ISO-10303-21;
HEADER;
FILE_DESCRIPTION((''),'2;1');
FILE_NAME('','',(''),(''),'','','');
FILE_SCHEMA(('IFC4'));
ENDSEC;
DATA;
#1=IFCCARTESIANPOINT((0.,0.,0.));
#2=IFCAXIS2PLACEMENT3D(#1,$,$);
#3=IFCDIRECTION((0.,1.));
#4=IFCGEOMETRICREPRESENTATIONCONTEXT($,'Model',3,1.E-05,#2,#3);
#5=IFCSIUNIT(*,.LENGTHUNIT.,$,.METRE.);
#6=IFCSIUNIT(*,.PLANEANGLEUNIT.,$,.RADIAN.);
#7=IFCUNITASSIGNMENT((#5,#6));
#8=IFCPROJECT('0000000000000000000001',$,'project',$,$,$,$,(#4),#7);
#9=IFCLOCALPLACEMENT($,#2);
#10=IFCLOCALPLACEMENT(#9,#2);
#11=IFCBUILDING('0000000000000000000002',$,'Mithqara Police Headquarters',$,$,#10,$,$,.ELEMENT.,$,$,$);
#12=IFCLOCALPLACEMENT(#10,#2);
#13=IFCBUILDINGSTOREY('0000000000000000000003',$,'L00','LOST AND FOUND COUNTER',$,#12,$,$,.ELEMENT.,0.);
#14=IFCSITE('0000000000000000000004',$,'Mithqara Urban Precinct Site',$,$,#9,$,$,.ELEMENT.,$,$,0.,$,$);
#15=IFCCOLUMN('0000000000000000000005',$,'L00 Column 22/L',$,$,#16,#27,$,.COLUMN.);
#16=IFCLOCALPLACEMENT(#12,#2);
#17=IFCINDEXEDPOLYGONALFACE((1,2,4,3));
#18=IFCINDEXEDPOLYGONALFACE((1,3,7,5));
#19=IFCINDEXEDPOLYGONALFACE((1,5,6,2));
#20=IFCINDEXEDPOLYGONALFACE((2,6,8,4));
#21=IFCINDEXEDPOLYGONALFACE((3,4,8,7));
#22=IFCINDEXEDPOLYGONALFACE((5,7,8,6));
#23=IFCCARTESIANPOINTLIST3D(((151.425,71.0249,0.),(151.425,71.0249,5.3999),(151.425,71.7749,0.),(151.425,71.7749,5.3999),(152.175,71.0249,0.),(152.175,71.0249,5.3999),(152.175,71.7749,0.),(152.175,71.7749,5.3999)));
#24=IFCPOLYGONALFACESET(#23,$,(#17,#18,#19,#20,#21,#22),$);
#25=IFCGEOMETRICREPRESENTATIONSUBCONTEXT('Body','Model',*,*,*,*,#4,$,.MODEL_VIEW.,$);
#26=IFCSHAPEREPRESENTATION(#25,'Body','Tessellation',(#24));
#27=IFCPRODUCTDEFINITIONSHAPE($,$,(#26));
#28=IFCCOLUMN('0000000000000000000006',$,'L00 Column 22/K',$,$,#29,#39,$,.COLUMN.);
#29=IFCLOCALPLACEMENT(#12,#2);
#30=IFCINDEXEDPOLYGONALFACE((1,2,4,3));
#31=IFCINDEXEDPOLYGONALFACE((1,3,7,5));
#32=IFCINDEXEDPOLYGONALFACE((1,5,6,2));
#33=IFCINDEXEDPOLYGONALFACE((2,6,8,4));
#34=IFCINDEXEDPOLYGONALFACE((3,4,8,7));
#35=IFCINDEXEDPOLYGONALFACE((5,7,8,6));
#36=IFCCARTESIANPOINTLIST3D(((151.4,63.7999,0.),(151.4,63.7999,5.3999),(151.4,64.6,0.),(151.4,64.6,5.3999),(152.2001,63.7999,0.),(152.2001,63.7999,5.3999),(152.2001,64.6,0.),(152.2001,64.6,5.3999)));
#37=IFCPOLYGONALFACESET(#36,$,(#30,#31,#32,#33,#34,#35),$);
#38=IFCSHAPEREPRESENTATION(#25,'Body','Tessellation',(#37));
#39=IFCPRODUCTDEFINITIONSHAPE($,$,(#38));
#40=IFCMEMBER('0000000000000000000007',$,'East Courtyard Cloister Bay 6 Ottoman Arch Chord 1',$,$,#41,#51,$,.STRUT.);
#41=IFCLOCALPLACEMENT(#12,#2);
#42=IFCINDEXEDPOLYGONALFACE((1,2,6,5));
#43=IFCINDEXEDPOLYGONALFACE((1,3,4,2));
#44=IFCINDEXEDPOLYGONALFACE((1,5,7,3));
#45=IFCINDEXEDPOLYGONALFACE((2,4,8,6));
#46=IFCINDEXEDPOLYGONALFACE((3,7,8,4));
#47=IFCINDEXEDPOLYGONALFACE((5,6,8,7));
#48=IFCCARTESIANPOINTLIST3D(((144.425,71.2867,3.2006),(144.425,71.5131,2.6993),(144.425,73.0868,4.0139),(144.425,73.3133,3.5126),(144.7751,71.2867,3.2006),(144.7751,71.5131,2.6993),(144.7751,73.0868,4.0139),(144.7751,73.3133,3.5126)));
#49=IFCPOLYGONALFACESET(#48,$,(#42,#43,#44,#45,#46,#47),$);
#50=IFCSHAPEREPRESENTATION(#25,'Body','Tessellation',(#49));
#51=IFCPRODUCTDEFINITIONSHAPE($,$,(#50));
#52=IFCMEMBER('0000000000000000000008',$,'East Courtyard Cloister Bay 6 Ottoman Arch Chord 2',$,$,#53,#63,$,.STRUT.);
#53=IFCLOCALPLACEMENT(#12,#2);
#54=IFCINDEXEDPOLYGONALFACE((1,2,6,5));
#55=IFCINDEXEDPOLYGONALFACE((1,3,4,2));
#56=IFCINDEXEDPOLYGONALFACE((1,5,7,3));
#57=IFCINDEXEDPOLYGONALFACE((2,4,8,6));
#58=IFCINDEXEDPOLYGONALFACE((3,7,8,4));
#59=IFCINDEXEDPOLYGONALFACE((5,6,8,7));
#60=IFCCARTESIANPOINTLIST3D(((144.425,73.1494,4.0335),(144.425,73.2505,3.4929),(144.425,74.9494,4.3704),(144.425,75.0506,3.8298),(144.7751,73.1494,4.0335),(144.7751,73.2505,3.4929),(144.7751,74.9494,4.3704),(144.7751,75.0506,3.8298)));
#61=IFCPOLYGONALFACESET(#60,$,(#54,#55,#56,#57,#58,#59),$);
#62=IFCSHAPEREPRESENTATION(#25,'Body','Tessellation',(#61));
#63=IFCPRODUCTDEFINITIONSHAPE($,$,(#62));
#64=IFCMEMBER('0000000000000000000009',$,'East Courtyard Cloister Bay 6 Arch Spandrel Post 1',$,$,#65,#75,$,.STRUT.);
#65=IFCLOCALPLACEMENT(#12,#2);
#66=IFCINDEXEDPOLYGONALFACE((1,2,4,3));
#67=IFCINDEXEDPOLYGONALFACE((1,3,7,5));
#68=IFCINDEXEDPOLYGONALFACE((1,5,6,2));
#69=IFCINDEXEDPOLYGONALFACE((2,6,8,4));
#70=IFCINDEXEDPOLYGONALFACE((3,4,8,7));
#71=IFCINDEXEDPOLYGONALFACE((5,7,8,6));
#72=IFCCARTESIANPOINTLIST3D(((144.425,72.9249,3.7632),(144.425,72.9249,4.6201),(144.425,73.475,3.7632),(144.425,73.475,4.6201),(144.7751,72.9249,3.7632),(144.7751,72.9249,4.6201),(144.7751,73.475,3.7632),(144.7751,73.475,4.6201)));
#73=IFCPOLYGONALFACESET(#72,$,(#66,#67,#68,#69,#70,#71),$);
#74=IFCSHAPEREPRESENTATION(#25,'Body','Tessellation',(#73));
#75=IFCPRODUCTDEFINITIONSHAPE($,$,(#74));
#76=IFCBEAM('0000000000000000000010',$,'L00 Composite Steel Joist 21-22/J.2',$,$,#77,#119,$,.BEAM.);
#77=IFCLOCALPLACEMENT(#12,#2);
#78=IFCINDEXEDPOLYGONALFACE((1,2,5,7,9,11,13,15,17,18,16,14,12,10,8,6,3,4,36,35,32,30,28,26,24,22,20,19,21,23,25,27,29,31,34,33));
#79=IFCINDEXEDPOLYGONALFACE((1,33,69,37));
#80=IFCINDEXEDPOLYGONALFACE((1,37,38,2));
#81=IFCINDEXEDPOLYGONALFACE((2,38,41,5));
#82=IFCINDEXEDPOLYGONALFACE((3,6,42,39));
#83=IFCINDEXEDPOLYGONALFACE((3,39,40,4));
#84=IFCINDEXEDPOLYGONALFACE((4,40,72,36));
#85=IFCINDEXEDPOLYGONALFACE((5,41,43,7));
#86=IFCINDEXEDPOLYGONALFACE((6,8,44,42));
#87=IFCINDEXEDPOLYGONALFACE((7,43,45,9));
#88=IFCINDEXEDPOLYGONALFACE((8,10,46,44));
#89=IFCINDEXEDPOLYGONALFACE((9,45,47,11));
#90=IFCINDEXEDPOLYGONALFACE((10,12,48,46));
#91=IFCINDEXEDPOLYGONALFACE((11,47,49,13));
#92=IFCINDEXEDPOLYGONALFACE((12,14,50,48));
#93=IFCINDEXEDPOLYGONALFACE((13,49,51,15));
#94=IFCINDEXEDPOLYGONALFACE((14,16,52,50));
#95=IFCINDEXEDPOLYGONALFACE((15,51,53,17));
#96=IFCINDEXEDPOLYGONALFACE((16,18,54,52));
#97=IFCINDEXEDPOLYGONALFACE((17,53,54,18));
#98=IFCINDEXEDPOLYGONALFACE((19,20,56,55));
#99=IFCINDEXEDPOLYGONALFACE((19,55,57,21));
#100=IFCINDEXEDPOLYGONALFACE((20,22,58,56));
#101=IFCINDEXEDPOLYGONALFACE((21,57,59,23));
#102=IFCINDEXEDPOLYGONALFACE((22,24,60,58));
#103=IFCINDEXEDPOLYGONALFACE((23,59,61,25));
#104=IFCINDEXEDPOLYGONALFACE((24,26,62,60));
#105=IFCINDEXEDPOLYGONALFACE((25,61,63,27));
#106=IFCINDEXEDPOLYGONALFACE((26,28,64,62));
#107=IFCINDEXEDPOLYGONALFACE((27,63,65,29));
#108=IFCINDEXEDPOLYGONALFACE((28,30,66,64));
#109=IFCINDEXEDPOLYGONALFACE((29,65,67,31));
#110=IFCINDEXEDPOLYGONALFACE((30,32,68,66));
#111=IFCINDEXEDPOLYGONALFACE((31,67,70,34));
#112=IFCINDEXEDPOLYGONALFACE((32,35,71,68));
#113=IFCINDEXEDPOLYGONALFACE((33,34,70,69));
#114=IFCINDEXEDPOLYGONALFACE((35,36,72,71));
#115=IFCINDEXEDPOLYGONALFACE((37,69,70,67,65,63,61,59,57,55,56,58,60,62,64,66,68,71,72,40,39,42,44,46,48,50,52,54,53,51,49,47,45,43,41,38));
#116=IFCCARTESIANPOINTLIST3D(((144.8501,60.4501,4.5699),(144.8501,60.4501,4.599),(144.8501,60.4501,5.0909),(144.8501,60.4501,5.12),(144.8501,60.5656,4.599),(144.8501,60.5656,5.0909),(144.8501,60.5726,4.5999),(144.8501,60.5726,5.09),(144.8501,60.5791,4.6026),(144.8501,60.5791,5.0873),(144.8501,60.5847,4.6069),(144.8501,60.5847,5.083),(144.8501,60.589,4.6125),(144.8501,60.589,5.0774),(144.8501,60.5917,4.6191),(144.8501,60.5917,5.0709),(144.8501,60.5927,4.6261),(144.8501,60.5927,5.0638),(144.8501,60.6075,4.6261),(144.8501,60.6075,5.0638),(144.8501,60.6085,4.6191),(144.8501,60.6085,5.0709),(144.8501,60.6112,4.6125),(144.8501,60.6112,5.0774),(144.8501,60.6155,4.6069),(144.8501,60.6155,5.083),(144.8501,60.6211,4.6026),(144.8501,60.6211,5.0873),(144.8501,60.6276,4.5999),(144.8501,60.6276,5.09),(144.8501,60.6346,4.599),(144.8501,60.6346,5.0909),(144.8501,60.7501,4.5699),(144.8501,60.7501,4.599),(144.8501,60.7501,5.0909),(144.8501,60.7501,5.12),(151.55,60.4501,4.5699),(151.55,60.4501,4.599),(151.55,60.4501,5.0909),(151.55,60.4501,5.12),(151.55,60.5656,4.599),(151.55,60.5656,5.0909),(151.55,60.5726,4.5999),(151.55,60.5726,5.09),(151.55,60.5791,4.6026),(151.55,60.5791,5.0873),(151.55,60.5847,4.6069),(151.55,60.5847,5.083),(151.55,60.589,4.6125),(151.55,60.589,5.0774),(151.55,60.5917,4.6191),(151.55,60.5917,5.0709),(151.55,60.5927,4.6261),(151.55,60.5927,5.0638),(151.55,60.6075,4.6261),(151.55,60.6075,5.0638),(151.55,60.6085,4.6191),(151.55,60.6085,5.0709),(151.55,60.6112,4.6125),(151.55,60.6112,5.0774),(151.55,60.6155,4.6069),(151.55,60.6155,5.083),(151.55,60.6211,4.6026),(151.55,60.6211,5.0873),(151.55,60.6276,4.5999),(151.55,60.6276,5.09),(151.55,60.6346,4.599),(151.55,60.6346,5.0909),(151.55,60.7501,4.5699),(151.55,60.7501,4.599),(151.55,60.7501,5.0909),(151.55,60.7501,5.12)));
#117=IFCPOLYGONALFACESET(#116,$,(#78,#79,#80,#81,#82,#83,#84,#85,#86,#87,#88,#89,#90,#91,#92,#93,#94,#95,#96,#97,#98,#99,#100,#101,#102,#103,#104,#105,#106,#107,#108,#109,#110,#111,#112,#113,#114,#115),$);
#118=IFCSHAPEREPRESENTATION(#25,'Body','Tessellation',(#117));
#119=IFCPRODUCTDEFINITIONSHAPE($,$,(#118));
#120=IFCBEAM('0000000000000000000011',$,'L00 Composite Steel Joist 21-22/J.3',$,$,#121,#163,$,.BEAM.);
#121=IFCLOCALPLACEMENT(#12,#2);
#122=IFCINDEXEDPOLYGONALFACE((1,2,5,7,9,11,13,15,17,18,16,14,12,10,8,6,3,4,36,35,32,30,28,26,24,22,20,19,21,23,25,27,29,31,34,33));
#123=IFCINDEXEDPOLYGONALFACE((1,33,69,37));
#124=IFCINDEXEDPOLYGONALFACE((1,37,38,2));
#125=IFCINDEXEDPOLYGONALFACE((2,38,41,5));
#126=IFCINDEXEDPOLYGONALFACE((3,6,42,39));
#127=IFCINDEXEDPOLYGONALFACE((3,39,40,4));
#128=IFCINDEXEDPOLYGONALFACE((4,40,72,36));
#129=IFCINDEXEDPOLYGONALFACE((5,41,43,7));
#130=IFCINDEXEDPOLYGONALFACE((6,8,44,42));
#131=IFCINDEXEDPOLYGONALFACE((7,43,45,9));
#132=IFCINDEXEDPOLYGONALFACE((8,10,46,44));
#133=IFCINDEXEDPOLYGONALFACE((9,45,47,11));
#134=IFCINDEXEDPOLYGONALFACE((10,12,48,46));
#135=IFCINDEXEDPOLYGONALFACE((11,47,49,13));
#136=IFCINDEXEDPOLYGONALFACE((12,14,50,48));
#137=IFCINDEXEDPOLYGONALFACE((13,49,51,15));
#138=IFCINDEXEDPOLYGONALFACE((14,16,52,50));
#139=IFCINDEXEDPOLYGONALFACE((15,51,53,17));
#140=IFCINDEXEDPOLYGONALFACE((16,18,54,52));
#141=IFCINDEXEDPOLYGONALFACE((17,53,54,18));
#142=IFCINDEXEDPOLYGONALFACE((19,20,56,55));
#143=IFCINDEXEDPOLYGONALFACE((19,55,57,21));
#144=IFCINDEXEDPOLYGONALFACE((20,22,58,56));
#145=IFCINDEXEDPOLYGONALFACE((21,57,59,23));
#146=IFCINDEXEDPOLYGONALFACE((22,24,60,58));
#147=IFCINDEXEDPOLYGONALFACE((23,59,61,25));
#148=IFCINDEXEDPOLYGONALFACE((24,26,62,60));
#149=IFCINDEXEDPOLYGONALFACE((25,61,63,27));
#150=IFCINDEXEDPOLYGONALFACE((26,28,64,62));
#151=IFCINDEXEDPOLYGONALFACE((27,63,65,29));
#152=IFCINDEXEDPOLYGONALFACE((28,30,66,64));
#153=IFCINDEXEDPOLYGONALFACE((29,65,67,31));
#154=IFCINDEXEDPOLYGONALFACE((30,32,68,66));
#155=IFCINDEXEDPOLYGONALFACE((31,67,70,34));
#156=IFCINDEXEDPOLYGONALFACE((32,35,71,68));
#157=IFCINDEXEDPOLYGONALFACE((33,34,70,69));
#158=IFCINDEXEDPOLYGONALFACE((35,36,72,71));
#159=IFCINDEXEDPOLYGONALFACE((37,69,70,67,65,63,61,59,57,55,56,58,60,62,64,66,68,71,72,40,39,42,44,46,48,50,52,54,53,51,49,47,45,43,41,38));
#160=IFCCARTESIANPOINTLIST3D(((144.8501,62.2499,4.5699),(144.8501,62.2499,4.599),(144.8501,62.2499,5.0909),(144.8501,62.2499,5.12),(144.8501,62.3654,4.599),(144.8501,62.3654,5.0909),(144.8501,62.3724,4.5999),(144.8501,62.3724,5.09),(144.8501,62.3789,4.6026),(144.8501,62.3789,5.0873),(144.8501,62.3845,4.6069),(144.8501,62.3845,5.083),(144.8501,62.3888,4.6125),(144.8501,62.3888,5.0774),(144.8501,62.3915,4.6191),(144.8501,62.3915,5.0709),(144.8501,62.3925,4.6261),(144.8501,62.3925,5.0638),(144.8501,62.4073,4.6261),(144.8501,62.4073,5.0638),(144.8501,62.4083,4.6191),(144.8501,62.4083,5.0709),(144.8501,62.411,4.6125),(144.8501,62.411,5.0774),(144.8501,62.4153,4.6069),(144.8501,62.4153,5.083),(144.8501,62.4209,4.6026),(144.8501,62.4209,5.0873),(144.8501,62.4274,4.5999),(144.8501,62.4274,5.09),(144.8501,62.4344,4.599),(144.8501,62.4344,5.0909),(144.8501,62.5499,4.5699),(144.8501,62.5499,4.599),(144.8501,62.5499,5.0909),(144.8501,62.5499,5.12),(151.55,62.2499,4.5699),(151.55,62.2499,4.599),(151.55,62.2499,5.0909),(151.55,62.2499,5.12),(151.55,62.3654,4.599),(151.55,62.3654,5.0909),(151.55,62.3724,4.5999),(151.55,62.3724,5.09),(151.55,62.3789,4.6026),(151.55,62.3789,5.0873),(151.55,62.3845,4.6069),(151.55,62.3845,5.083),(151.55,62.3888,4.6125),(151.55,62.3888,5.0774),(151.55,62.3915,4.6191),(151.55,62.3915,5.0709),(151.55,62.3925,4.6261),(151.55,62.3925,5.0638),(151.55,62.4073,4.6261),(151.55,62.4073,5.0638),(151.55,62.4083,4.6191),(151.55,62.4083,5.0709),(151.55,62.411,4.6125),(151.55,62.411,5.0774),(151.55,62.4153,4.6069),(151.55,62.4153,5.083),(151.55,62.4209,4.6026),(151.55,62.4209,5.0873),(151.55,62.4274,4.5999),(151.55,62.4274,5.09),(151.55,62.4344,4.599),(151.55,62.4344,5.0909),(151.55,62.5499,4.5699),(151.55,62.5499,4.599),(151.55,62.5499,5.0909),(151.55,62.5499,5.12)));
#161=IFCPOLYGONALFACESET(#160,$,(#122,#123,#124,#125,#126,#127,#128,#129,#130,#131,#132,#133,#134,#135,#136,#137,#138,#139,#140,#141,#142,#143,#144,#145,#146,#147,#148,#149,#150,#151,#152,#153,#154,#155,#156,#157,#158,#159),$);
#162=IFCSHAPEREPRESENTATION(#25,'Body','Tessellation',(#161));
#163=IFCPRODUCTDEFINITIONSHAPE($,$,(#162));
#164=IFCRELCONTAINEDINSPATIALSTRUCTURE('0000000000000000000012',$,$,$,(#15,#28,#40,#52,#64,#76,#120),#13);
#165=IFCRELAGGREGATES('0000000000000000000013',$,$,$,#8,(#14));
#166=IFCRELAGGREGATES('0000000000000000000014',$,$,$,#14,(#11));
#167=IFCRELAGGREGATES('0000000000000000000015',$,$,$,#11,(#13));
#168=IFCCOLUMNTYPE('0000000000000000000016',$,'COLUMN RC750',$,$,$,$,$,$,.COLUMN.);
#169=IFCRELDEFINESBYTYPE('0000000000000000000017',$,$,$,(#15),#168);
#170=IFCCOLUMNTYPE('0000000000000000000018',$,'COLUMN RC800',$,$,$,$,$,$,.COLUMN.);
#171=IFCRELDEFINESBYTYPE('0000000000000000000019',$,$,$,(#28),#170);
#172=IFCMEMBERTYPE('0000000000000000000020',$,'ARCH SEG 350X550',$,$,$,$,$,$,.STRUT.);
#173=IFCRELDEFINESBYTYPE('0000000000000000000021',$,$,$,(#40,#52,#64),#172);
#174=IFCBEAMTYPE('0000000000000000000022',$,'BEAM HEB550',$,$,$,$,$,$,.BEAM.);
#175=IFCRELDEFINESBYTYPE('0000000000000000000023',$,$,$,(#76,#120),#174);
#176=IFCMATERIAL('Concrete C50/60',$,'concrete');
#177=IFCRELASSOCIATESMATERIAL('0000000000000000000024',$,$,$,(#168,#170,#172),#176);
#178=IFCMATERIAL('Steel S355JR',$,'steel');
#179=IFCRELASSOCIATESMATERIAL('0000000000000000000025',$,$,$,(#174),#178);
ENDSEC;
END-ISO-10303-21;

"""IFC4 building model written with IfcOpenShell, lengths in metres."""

from ifc_helpers import new_model, si_unit, direction, frame, origin, origin_2d, place, context, subcontext, project, spatial, rectangle, i_section, extrude, material, material_profile, profile_set, type_object, element, save


model = new_model("IFC4")

# Units and contexts
model_context = context("Model", 3, precision=1e-05, world=origin(), true_north=direction((0.0, 1.0)))
body_context = subcontext(model_context, "Body", "Model", "MODEL_VIEW")
ifc_project = project(units=[si_unit("LENGTHUNIT", "METRE"), si_unit("PLANEANGLEUNIT", "RADIAN")], contexts=[model_context])

# Site, building, storey
site_placement = place(None, origin())
site = spatial("IfcSite", under=ifc_project, at=site_placement, Name="Mithqara Urban Precinct Site", CompositionType="ELEMENT", RefElevation=0.0)
building_placement = place(site_placement, origin())
building = spatial("IfcBuilding", under=site, at=building_placement, Name="Mithqara Police Headquarters", CompositionType="ELEMENT")
storey_placement = place(building_placement, origin())
storey = spatial("IfcBuildingStorey", under=building, at=storey_placement, Name="L00", Description="LOST AND FOUND COUNTER", CompositionType="ELEMENT", Elevation=0.0)

# Columns
ifc_material_1 = material(Name="Concrete C50/60", Category="concrete")
ifc_material_profile_1 = material_profile(ifc_material_1, rectangle(XDim=0.75, YDim=0.75, at=origin_2d()), Name="RC 750x750")
ifc_profile_set_1 = profile_set([ifc_material_profile_1], Name="Concrete C50/60")
column_type_1 = type_object("IfcColumnType", Name="COLUMN RC750", PredefinedType="COLUMN", material=ifc_profile_set_1)
column_1_placement = place(storey_placement, frame((151.8, 71.3999, 0.0), z_axis=(0.0, 0.0, 1.0), x_axis=(1.0, 0.0, 0.0)))
element("IfcColumn", 1, at=column_1_placement, inside=storey, type_object=column_type_1, Name="L00 Column 22/L", PredefinedType="COLUMN", context=body_context, shape_type="SweptSolid", body=[
    extrude(rectangle(XDim=0.75, YDim=0.75, at=origin_2d()), origin(), (0.0, 0.0, 1.0), 5.3999),
])
ifc_material_profile_2 = material_profile(ifc_material_1, rectangle(XDim=0.8, YDim=0.8, at=origin_2d()), Name="RC 800x800")
ifc_profile_set_2 = profile_set([ifc_material_profile_2], Name="Concrete C50/60")
column_type_2 = type_object("IfcColumnType", Name="COLUMN RC800", PredefinedType="COLUMN", material=ifc_profile_set_2)
column_2_placement = place(storey_placement, frame((151.8, 64.2, 0.0), z_axis=(0.0, 0.0, 1.0), x_axis=(1.0, 0.0, 0.0)))
element("IfcColumn", 2, at=column_2_placement, inside=storey, type_object=column_type_2, Name="L00 Column 22/K", PredefinedType="COLUMN", context=body_context, shape_type="SweptSolid", body=[
    extrude(rectangle(XDim=0.8, YDim=0.8, at=origin_2d()), origin(), (0.0, 0.0, 1.0), 5.3999),
])

# Members
ifc_material_profile_3 = material_profile(ifc_material_1, rectangle(XDim=0.3501, YDim=0.55, at=origin_2d()), Name="ARC 350x550")
ifc_profile_set_3 = profile_set([ifc_material_profile_3], Name="Concrete C50/60")
member_type = type_object("IfcMemberType", Name="ARCH SEG 350X550", PredefinedType="STRUT", material=ifc_profile_set_3)
member_1_placement = place(storey_placement, frame((144.6001, 71.3999, 2.95), z_axis=(0.0, 0.911312, 0.411716), x_axis=(-1.0, 0.0, 0.0)))
element("IfcMember", 3, at=member_1_placement, inside=storey, type_object=member_type, Name="East Courtyard Cloister Bay 6 Ottoman Arch Chord 1", PredefinedType="STRUT", context=body_context, shape_type="SweptSolid", body=[
    extrude(rectangle(XDim=0.3501, YDim=0.55, at=origin_2d()), origin(), (0.0, 0.0, 1.0), 1.9753),
])
member_2_placement = place(storey_placement, frame((144.6001, 73.2, 3.7632), z_axis=(0.0, 0.982931, 0.183975), x_axis=(-1.0, 0.0, 0.0)))
element("IfcMember", 4, at=member_2_placement, inside=storey, type_object=member_type, Name="East Courtyard Cloister Bay 6 Ottoman Arch Chord 2", PredefinedType="STRUT", context=body_context, shape_type="SweptSolid", body=[
    extrude(rectangle(XDim=0.3501, YDim=0.55, at=origin_2d()), origin(), (0.0, 0.0, 1.0), 1.8313),
])
member_3_placement = place(storey_placement, frame((144.6001, 73.2, 3.7632), z_axis=(0.0, 0.0, 1.0), x_axis=(1.0, 0.0, 0.0)))
element("IfcMember", 5, at=member_3_placement, inside=storey, type_object=member_type, Name="East Courtyard Cloister Bay 6 Arch Spandrel Post 1", PredefinedType="STRUT", context=body_context, shape_type="SweptSolid", body=[
    extrude(rectangle(XDim=0.3501, YDim=0.55, at=origin_2d()), origin(), (0.0, 0.0, 1.0), 0.8569),
])

# Beams
ifc_material_2 = material(Name="Steel S355JR", Category="steel")
ifc_material_profile_4 = material_profile(ifc_material_2, i_section(OverallWidth=0.3, OverallDepth=0.55, WebThickness=0.0149, FlangeThickness=0.0291, FilletRadius=0.0271, at=origin_2d()), Name="HEB 550")
ifc_profile_set_4 = profile_set([ifc_material_profile_4], Name="Steel S355JR")
beam_type_1 = type_object("IfcBeamType", Name="BEAM HEB550", PredefinedType="BEAM", material=ifc_profile_set_4)
for number, where, z_axis, x_axis, name in (
    (6, (144.8501, 60.6001, 4.845), (1.0, 0.0, 0.0), (0.0, 1.0, 0.0), "L00 Composite Steel Joist 21-22/J.2"),
    (7, (144.8501, 62.3999, 4.845), (1.0, 0.0, 0.0), (0.0, 1.0, 0.0), "L00 Composite Steel Joist 21-22/J.3"),
):
    element("IfcBeam", number, at=place(storey_placement, frame(where, z_axis=z_axis, x_axis=x_axis)), inside=storey, type_object=beam_type_1, Name=name, PredefinedType="BEAM", context=body_context, shape_type="SweptSolid", body=[
        extrude(i_section(OverallWidth=0.3, OverallDepth=0.55, WebThickness=0.0149, FlangeThickness=0.0291, FilletRadius=0.0271, at=origin_2d()), origin(), (0.0, 0.0, 1.0), 6.7),
    ])

save(model, "model.ifc")
